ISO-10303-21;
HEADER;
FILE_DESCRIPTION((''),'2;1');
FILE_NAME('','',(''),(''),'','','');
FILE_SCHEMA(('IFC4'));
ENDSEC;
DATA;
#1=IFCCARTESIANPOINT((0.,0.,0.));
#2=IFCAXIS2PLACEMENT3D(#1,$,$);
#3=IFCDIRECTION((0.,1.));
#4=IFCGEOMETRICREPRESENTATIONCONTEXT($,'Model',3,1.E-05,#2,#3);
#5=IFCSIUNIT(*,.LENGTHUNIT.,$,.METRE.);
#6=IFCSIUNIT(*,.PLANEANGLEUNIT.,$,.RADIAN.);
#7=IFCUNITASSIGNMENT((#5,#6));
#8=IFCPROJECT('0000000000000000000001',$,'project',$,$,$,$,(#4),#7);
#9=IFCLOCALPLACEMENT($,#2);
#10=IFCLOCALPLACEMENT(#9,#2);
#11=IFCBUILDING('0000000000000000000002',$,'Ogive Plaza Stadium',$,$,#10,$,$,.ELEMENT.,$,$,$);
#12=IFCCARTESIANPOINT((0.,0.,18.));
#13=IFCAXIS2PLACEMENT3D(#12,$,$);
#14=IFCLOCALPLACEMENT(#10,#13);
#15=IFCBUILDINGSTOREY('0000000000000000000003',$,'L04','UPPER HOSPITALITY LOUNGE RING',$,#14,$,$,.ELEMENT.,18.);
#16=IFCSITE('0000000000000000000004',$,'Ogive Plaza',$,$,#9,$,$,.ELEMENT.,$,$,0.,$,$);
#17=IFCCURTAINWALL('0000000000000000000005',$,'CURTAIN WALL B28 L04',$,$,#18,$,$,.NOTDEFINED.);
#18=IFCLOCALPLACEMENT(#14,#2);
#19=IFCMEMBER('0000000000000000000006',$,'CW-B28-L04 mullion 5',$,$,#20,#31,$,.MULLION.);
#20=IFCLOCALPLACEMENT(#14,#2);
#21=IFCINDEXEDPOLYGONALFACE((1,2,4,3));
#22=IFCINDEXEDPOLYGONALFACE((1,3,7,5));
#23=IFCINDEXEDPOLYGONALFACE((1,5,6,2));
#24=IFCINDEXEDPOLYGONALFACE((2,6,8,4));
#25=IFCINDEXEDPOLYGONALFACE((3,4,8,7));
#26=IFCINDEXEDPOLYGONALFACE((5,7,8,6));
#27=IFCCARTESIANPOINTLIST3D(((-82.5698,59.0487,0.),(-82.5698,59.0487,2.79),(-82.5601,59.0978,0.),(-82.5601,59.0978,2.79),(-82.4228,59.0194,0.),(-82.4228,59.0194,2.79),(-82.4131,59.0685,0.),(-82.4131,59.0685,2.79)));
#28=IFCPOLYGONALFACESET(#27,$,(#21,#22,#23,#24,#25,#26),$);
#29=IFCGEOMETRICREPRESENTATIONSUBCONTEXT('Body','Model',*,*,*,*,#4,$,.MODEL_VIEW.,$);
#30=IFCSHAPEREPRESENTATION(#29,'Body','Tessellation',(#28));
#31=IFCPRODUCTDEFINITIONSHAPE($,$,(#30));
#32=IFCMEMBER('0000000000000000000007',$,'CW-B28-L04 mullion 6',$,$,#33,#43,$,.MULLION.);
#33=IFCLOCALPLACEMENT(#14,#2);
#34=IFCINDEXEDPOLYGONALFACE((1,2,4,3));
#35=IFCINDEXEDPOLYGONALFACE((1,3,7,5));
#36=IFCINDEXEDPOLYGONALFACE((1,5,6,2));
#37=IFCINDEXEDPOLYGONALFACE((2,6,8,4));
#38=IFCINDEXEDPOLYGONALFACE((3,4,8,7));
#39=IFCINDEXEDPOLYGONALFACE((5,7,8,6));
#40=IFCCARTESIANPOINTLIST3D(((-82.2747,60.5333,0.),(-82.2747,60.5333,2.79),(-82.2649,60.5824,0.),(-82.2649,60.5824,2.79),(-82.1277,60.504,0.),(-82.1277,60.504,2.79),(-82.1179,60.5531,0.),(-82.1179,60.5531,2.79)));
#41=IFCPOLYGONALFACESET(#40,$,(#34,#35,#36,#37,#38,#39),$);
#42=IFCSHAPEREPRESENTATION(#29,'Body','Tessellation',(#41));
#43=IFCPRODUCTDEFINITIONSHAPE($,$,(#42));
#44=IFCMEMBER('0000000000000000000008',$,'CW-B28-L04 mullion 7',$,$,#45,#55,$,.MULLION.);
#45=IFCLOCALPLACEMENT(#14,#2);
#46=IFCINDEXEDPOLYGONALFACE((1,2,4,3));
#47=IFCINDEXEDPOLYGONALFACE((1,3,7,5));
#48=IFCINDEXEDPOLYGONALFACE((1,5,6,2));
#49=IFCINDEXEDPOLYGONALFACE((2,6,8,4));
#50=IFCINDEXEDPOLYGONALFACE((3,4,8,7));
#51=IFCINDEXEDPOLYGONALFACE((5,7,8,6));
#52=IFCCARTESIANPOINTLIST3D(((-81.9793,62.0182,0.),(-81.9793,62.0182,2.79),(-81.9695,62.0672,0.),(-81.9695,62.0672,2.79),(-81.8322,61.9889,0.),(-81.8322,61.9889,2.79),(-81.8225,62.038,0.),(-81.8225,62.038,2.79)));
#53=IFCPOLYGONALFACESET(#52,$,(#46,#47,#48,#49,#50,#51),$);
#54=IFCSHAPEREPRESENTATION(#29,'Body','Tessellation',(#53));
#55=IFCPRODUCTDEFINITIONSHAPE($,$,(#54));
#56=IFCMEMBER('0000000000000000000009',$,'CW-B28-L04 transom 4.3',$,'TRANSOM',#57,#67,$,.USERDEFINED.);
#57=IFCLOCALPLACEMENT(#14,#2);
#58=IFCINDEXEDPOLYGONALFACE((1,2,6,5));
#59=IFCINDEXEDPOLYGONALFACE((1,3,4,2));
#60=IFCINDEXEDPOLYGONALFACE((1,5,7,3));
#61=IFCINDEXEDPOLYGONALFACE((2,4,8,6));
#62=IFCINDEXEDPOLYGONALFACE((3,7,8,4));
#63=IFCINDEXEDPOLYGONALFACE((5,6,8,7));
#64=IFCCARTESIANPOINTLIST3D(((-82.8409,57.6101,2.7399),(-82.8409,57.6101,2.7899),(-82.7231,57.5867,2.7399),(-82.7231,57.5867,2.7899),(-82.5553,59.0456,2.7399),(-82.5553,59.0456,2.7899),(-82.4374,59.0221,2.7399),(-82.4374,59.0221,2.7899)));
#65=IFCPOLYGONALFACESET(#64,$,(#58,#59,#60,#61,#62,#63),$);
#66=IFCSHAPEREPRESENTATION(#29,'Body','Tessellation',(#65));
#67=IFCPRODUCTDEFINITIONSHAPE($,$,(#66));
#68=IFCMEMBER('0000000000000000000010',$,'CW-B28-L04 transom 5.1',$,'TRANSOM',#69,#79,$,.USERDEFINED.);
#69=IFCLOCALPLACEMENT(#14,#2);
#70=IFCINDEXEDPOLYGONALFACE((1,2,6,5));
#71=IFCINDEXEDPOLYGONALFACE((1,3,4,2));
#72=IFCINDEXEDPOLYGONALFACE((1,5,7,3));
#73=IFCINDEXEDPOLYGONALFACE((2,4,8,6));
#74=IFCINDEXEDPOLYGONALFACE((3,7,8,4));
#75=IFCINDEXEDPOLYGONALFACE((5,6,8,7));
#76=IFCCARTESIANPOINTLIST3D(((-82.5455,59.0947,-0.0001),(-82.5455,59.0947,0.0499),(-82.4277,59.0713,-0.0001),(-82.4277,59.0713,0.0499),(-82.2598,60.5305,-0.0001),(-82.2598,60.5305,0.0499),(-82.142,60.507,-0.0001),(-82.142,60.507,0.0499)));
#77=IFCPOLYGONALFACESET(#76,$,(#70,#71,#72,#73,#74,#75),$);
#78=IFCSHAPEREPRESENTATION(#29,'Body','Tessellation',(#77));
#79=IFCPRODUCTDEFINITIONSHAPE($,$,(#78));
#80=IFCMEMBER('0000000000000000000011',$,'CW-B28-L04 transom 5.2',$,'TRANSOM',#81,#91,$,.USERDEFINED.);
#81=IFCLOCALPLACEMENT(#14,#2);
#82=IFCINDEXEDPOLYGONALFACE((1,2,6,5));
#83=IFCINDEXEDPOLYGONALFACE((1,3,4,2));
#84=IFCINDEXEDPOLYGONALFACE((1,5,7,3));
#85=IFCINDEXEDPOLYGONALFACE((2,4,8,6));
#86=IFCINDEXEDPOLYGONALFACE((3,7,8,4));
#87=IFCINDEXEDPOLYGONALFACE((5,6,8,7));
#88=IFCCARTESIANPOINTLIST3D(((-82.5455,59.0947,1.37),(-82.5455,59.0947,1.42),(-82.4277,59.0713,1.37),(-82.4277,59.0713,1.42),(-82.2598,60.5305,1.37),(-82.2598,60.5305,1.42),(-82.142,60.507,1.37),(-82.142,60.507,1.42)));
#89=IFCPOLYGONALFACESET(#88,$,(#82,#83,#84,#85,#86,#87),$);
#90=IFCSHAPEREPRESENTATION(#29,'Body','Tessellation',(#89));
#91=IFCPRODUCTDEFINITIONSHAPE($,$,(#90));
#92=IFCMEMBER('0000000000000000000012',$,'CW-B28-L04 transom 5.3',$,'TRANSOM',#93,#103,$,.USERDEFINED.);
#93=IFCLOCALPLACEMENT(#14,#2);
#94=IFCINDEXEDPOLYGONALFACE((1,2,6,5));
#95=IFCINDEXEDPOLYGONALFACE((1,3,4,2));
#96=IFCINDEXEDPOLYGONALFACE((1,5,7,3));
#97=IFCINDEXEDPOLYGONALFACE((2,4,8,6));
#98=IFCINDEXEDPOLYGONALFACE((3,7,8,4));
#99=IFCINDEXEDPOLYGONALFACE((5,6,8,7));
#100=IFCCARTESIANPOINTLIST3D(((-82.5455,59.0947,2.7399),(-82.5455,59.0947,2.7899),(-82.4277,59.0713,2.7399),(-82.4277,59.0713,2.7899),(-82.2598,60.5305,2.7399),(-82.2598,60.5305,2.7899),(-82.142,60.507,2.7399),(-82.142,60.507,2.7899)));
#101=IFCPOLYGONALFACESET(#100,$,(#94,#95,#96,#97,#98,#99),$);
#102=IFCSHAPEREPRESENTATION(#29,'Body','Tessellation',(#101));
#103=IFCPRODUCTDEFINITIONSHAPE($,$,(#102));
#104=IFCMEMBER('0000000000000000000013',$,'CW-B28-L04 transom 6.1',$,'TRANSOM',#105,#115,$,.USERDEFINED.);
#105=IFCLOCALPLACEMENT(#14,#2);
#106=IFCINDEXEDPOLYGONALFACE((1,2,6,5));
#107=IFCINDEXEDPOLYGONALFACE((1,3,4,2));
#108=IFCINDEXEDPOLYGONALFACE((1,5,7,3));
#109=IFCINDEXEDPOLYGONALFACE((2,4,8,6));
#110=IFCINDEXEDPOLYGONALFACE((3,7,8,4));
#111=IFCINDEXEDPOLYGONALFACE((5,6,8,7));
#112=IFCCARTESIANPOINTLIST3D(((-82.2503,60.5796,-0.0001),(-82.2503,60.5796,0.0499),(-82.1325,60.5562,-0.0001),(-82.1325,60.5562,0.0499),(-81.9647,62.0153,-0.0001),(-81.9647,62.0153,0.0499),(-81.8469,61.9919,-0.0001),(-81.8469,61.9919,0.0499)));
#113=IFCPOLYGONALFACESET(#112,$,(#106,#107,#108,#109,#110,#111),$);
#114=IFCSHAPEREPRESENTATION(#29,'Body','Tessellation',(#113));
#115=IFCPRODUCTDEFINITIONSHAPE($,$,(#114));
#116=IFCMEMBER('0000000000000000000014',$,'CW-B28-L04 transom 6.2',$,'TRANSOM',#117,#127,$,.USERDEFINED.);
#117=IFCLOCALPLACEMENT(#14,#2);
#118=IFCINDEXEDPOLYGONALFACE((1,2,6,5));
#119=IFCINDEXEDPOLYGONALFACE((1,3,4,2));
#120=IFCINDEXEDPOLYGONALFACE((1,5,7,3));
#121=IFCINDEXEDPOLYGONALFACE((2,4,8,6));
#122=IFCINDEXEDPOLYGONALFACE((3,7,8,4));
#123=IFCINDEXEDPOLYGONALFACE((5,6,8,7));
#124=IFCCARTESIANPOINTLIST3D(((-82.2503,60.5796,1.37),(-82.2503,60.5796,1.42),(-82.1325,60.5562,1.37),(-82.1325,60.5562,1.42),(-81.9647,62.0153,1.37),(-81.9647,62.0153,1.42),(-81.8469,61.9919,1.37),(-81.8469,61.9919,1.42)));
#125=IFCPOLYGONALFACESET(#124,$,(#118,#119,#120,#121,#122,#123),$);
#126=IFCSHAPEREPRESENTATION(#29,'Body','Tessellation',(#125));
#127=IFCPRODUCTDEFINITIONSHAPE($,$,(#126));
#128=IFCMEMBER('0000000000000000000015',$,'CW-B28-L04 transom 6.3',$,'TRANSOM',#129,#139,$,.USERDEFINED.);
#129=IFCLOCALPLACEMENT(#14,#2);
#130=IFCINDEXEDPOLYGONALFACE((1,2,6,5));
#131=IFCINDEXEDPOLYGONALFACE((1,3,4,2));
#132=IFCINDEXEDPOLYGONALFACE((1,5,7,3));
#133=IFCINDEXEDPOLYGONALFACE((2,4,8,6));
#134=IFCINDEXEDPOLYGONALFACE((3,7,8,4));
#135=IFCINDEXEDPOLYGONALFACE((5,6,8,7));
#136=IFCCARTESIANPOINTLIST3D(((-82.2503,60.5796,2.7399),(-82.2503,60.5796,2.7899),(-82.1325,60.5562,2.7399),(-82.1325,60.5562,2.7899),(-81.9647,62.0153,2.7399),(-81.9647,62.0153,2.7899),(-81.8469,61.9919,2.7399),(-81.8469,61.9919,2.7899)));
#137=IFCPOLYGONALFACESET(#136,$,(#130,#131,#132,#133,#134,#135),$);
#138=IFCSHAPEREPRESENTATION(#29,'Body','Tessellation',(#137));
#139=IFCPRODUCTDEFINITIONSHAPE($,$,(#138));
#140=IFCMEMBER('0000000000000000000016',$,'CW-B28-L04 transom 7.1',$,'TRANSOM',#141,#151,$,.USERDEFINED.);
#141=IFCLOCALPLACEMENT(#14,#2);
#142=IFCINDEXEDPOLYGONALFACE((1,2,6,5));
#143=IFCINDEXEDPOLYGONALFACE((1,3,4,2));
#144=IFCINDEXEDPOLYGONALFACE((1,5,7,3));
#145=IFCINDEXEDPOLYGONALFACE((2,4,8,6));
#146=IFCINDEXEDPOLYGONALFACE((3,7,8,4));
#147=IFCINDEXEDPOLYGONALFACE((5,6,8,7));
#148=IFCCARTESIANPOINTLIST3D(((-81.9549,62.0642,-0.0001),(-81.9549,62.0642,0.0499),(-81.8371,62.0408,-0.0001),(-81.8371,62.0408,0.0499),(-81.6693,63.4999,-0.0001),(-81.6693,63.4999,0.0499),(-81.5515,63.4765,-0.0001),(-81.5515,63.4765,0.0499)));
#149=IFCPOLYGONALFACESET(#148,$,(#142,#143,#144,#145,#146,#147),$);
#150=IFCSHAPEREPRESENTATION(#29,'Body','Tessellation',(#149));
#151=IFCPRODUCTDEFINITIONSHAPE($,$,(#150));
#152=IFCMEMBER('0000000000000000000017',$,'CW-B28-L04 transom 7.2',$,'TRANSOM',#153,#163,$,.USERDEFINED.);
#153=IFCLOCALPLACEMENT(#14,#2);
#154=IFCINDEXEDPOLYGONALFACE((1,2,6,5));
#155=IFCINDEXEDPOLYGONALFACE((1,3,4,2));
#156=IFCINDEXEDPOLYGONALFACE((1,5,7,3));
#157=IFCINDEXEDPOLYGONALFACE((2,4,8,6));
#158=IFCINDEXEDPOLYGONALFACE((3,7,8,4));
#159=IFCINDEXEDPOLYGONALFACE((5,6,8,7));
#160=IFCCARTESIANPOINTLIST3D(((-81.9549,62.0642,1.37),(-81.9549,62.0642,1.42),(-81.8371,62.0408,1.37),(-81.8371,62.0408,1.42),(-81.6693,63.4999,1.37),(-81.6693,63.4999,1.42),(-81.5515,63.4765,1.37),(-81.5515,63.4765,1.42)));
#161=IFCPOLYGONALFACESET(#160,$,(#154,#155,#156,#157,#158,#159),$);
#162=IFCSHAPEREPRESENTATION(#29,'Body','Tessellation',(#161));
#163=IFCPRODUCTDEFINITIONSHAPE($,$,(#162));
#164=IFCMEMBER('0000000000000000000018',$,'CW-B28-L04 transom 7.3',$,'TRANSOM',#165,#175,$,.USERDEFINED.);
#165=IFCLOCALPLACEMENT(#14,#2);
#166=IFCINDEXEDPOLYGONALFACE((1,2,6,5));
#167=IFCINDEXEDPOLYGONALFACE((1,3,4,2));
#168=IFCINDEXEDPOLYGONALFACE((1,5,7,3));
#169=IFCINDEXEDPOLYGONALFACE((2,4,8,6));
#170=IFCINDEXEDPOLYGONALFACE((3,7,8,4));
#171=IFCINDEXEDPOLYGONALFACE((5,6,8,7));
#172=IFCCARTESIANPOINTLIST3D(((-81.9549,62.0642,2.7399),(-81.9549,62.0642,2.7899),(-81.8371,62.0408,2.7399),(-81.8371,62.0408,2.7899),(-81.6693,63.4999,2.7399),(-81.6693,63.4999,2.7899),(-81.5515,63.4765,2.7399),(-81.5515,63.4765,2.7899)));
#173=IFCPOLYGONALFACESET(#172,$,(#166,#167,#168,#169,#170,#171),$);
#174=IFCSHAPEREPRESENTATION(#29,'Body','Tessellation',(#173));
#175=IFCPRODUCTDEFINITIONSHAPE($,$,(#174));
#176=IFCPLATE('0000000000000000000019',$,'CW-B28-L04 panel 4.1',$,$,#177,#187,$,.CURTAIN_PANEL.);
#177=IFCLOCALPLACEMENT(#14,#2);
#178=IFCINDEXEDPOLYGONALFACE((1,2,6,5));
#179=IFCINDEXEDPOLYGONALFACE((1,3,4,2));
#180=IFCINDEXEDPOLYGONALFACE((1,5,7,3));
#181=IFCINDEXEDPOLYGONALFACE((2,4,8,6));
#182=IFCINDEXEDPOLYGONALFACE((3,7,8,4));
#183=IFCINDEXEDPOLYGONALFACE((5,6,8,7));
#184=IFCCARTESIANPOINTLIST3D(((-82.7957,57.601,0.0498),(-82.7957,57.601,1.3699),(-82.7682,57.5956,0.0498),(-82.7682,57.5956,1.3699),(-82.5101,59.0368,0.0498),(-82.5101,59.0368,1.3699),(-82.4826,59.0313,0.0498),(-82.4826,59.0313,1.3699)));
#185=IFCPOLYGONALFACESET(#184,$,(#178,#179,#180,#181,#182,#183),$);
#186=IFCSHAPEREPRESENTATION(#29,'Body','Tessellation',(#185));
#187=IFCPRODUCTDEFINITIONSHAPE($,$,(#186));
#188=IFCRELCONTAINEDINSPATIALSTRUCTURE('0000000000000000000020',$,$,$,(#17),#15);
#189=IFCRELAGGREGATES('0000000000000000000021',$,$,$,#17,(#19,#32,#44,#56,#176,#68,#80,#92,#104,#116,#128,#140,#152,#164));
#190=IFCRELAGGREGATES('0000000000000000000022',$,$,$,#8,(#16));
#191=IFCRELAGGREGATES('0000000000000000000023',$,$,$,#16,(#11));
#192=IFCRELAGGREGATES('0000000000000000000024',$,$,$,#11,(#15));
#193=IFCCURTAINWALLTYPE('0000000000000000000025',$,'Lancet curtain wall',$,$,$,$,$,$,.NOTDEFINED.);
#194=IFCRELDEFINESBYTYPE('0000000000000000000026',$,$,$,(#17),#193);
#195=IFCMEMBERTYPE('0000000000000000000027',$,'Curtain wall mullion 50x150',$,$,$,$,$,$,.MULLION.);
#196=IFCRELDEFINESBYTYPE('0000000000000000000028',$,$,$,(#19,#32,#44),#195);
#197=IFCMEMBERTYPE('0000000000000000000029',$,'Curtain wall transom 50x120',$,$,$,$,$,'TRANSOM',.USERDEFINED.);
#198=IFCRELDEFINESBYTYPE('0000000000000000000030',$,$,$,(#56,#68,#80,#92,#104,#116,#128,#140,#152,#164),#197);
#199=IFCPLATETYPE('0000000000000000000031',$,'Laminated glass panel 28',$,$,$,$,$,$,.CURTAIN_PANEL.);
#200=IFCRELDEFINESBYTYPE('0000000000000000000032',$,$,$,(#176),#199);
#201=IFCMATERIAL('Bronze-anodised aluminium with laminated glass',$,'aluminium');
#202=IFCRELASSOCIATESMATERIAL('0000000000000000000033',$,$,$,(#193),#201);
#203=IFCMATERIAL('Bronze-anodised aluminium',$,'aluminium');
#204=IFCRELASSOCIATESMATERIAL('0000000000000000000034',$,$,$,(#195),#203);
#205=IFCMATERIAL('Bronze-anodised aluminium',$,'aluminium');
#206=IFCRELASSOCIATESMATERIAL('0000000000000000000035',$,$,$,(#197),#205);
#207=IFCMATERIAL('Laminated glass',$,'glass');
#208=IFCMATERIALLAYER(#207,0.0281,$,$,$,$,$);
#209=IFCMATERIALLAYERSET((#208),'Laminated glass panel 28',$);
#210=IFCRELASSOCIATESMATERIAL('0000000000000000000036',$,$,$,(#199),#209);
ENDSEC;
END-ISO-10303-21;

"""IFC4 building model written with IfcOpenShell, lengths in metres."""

from ifc_helpers import new_model, si_unit, direction, frame, origin, origin_2d, place, context, subcontext, project, spatial, rectangle, extrude, material, layer, layer_set, material_profile, profile_set, type_object, element, aggregate, save


model = new_model("IFC4")

# Units and contexts
model_context = context("Model", 3, precision=1e-05, world=origin(), true_north=direction((0.0, 1.0)))
body_context = subcontext(model_context, "Body", "Model", "MODEL_VIEW")
ifc_project = project(units=[si_unit("LENGTHUNIT", "METRE"), si_unit("PLANEANGLEUNIT", "RADIAN")], contexts=[model_context])

# Site, building, storey
site_placement = place(None, origin())
site = spatial("IfcSite", under=ifc_project, at=site_placement, Name="Ogive Plaza", CompositionType="ELEMENT", RefElevation=0.0)
building_placement = place(site_placement, origin())
building = spatial("IfcBuilding", under=site, at=building_placement, Name="Ogive Plaza Stadium", CompositionType="ELEMENT")
storey_placement = place(building_placement, frame((0.0, 0.0, 18.0)))
storey = spatial("IfcBuildingStorey", under=building, at=storey_placement, Name="L04", Description="UPPER HOSPITALITY LOUNGE RING", CompositionType="ELEMENT", Elevation=18.0)

# Curtain wall, members, plate
ifc_material_1 = material(Name="Bronze-anodised aluminium with laminated glass", Category="aluminium")
curtain_wall_type = type_object("IfcCurtainWallType", Name="Lancet curtain wall", PredefinedType="NOTDEFINED", material=ifc_material_1)
curtain_wall_placement = place(storey_placement, origin())
curtain_wall = element("IfcCurtainWall", 1, at=curtain_wall_placement, inside=storey, type_object=curtain_wall_type, Name="CURTAIN WALL B28 L04", PredefinedType="NOTDEFINED")
ifc_material_2 = material(Name="Bronze-anodised aluminium", Category="aluminium")
ifc_material_profile_1 = material_profile(ifc_material_2, rectangle(XDim=0.1499, YDim=0.05, at=origin_2d()), Name="AL 150x50")
ifc_profile_set_1 = profile_set([ifc_material_profile_1], Name="Bronze-anodised aluminium")
member_type_1 = type_object("IfcMemberType", Name="Curtain wall mullion 50x150", PredefinedType="MULLION", material=ifc_profile_set_1)
member_1_placement = place(storey_placement, frame((-82.4915, 59.0586, 0.0), z_axis=(0.0, 0.0, 1.0), x_axis=(-0.980785, 0.19509, 0.0)))
member_1 = element("IfcMember", 2, at=member_1_placement, type_object=member_type_1, Name="CW-B28-L04 mullion 5", PredefinedType="MULLION", context=body_context, shape_type="SweptSolid", body=[
    extrude(rectangle(XDim=0.1499, YDim=0.05, at=origin_2d()), origin(), (0.0, 0.0, 1.0), 2.79),
])
member_2_placement = place(storey_placement, frame((-82.1963, 60.5432, 0.0), z_axis=(0.0, 0.0, 1.0), x_axis=(-0.980785, 0.19509, 0.0)))
member_2 = element("IfcMember", 3, at=member_2_placement, type_object=member_type_1, Name="CW-B28-L04 mullion 6", PredefinedType="MULLION", context=body_context, shape_type="SweptSolid", body=[
    extrude(rectangle(XDim=0.1499, YDim=0.05, at=origin_2d()), origin(), (0.0, 0.0, 1.0), 2.79),
])
member_3_placement = place(storey_placement, frame((-81.9009, 62.0281, 0.0), z_axis=(0.0, 0.0, 1.0), x_axis=(-0.980785, 0.19509, 0.0)))
member_3 = element("IfcMember", 4, at=member_3_placement, type_object=member_type_1, Name="CW-B28-L04 mullion 7", PredefinedType="MULLION", context=body_context, shape_type="SweptSolid", body=[
    extrude(rectangle(XDim=0.1499, YDim=0.05, at=origin_2d()), origin(), (0.0, 0.0, 1.0), 2.79),
])
ifc_material_3 = material(Name="Bronze-anodised aluminium", Category="aluminium")
ifc_material_profile_2 = material_profile(ifc_material_3, rectangle(XDim=0.1201, YDim=0.05, at=origin_2d()), Name="AL 120x50")
ifc_profile_set_2 = profile_set([ifc_material_profile_2], Name="Bronze-anodised aluminium")
member_type_2 = type_object("IfcMemberType", Name="Curtain wall transom 50x120", ElementType="TRANSOM", PredefinedType="USERDEFINED", material=ifc_profile_set_2)
member_4_placement = place(storey_placement, frame((-82.782, 57.5984, 2.7649), z_axis=(0.195154, 0.980773, 0.0), x_axis=(-0.980773, 0.195154, 0.0)))
member_4 = element("IfcMember", 5, at=member_4_placement, type_object=member_type_2, Name="CW-B28-L04 transom 4.3", ObjectType="TRANSOM", PredefinedType="USERDEFINED", context=body_context, shape_type="SweptSolid", body=[
    extrude(rectangle(XDim=0.1201, YDim=0.05, at=origin_2d()), origin(), (0.0, 0.0, 1.0), 1.4636),
])
member_5_placement = place(storey_placement, frame((-82.4866, 59.083, 0.0249), z_axis=(0.195122, 0.980779, 0.0), x_axis=(-0.980779, 0.195122, 0.0)))
member_5 = element("IfcMember", 6, at=member_5_placement, type_object=member_type_2, Name="CW-B28-L04 transom 5.1", ObjectType="TRANSOM", PredefinedType="USERDEFINED", context=body_context, shape_type="SweptSolid", body=[
    extrude(rectangle(XDim=0.1201, YDim=0.05, at=origin_2d()), origin(), (0.0, 0.0, 1.0), 1.4639),
])
member_6_placement = place(storey_placement, frame((-82.4866, 59.083, 1.395), z_axis=(0.195122, 0.980779, 0.0), x_axis=(-0.980779, 0.195122, 0.0)))
member_6 = element("IfcMember", 7, at=member_6_placement, type_object=member_type_2, Name="CW-B28-L04 transom 5.2", ObjectType="TRANSOM", PredefinedType="USERDEFINED", context=body_context, shape_type="SweptSolid", body=[
    extrude(rectangle(XDim=0.1201, YDim=0.05, at=origin_2d()), origin(), (0.0, 0.0, 1.0), 1.4639),
])
member_7_placement = place(storey_placement, frame((-82.4866, 59.083, 2.7649), z_axis=(0.195122, 0.980779, 0.0), x_axis=(-0.980779, 0.195122, 0.0)))
member_7 = element("IfcMember", 8, at=member_7_placement, type_object=member_type_2, Name="CW-B28-L04 transom 5.3", ObjectType="TRANSOM", PredefinedType="USERDEFINED", context=body_context, shape_type="SweptSolid", body=[
    extrude(rectangle(XDim=0.1201, YDim=0.05, at=origin_2d()), origin(), (0.0, 0.0, 1.0), 1.4639),
])
member_8_placement = place(storey_placement, frame((-82.1914, 60.5679, 0.0249), z_axis=(0.195122, 0.980779, 0.0), x_axis=(-0.980779, 0.195122, 0.0)))
member_8 = element("IfcMember", 9, at=member_8_placement, type_object=member_type_2, Name="CW-B28-L04 transom 6.1", ObjectType="TRANSOM", PredefinedType="USERDEFINED", context=body_context, shape_type="SweptSolid", body=[
    extrude(rectangle(XDim=0.1201, YDim=0.05, at=origin_2d()), origin(), (0.0, 0.0, 1.0), 1.4639),
])
member_9_placement = place(storey_placement, frame((-82.1914, 60.5679, 1.395), z_axis=(0.195122, 0.980779, 0.0), x_axis=(-0.980779, 0.195122, 0.0)))
member_9 = element("IfcMember", 10, at=member_9_placement, type_object=member_type_2, Name="CW-B28-L04 transom 6.2", ObjectType="TRANSOM", PredefinedType="USERDEFINED", context=body_context, shape_type="SweptSolid", body=[
    extrude(rectangle(XDim=0.1201, YDim=0.05, at=origin_2d()), origin(), (0.0, 0.0, 1.0), 1.4639),
])
member_10_placement = place(storey_placement, frame((-82.1914, 60.5679, 2.7649), z_axis=(0.195122, 0.980779, 0.0), x_axis=(-0.980779, 0.195122, 0.0)))
member_10 = element("IfcMember", 11, at=member_10_placement, type_object=member_type_2, Name="CW-B28-L04 transom 6.3", ObjectType="TRANSOM", PredefinedType="USERDEFINED", context=body_context, shape_type="SweptSolid", body=[
    extrude(rectangle(XDim=0.1201, YDim=0.05, at=origin_2d()), origin(), (0.0, 0.0, 1.0), 1.4639),
])
member_11_placement = place(storey_placement, frame((-81.896, 62.0525, 0.0249), z_axis=(0.195122, 0.980779, 0.0), x_axis=(-0.980779, 0.195122, 0.0)))
member_11 = element("IfcMember", 12, at=member_11_placement, type_object=member_type_2, Name="CW-B28-L04 transom 7.1", ObjectType="TRANSOM", PredefinedType="USERDEFINED", context=body_context, shape_type="SweptSolid", body=[
    extrude(rectangle(XDim=0.1201, YDim=0.05, at=origin_2d()), origin(), (0.0, 0.0, 1.0), 1.4639),
])
member_12_placement = place(storey_placement, frame((-81.896, 62.0525, 1.395), z_axis=(0.195122, 0.980779, 0.0), x_axis=(-0.980779, 0.195122, 0.0)))
member_12 = element("IfcMember", 13, at=member_12_placement, type_object=member_type_2, Name="CW-B28-L04 transom 7.2", ObjectType="TRANSOM", PredefinedType="USERDEFINED", context=body_context, shape_type="SweptSolid", body=[
    extrude(rectangle(XDim=0.1201, YDim=0.05, at=origin_2d()), origin(), (0.0, 0.0, 1.0), 1.4639),
])
member_13_placement = place(storey_placement, frame((-81.896, 62.0525, 2.7649), z_axis=(0.195122, 0.980779, 0.0), x_axis=(-0.980779, 0.195122, 0.0)))
member_13 = element("IfcMember", 14, at=member_13_placement, type_object=member_type_2, Name="CW-B28-L04 transom 7.3", ObjectType="TRANSOM", PredefinedType="USERDEFINED", context=body_context, shape_type="SweptSolid", body=[
    extrude(rectangle(XDim=0.1201, YDim=0.05, at=origin_2d()), origin(), (0.0, 0.0, 1.0), 1.4639),
])
ifc_material_4 = material(Name="Laminated glass", Category="glass")
ifc_layer_1 = layer(ifc_material_4, 0.0281)
ifc_layer_set_1 = layer_set([ifc_layer_1], Name="Laminated glass panel 28")
plate_type = type_object("IfcPlateType", Name="Laminated glass panel 28", PredefinedType="CURTAIN_PANEL", material=ifc_layer_set_1)
plate_1_placement = place(storey_placement, frame((-82.6392, 58.3162, 0.0498), z_axis=(0.0, 0.0, 1.0), x_axis=(0.19509, 0.980785, 0.0)))
plate_1 = element("IfcPlate", 15, at=plate_1_placement, type_object=plate_type, Name="CW-B28-L04 panel 4.1", PredefinedType="CURTAIN_PANEL", context=body_context, shape_type="SweptSolid", body=[
    extrude(rectangle(XDim=1.4639, YDim=0.0281, at=origin_2d()), origin(), (0.0, 0.0, 1.0), 1.3201),
])
aggregate(curtain_wall, [member_1, member_2, member_3, member_4, plate_1, member_5, member_6, member_7, member_8, member_9, member_10, member_11, member_12, member_13])

save(model, "model.ifc")
